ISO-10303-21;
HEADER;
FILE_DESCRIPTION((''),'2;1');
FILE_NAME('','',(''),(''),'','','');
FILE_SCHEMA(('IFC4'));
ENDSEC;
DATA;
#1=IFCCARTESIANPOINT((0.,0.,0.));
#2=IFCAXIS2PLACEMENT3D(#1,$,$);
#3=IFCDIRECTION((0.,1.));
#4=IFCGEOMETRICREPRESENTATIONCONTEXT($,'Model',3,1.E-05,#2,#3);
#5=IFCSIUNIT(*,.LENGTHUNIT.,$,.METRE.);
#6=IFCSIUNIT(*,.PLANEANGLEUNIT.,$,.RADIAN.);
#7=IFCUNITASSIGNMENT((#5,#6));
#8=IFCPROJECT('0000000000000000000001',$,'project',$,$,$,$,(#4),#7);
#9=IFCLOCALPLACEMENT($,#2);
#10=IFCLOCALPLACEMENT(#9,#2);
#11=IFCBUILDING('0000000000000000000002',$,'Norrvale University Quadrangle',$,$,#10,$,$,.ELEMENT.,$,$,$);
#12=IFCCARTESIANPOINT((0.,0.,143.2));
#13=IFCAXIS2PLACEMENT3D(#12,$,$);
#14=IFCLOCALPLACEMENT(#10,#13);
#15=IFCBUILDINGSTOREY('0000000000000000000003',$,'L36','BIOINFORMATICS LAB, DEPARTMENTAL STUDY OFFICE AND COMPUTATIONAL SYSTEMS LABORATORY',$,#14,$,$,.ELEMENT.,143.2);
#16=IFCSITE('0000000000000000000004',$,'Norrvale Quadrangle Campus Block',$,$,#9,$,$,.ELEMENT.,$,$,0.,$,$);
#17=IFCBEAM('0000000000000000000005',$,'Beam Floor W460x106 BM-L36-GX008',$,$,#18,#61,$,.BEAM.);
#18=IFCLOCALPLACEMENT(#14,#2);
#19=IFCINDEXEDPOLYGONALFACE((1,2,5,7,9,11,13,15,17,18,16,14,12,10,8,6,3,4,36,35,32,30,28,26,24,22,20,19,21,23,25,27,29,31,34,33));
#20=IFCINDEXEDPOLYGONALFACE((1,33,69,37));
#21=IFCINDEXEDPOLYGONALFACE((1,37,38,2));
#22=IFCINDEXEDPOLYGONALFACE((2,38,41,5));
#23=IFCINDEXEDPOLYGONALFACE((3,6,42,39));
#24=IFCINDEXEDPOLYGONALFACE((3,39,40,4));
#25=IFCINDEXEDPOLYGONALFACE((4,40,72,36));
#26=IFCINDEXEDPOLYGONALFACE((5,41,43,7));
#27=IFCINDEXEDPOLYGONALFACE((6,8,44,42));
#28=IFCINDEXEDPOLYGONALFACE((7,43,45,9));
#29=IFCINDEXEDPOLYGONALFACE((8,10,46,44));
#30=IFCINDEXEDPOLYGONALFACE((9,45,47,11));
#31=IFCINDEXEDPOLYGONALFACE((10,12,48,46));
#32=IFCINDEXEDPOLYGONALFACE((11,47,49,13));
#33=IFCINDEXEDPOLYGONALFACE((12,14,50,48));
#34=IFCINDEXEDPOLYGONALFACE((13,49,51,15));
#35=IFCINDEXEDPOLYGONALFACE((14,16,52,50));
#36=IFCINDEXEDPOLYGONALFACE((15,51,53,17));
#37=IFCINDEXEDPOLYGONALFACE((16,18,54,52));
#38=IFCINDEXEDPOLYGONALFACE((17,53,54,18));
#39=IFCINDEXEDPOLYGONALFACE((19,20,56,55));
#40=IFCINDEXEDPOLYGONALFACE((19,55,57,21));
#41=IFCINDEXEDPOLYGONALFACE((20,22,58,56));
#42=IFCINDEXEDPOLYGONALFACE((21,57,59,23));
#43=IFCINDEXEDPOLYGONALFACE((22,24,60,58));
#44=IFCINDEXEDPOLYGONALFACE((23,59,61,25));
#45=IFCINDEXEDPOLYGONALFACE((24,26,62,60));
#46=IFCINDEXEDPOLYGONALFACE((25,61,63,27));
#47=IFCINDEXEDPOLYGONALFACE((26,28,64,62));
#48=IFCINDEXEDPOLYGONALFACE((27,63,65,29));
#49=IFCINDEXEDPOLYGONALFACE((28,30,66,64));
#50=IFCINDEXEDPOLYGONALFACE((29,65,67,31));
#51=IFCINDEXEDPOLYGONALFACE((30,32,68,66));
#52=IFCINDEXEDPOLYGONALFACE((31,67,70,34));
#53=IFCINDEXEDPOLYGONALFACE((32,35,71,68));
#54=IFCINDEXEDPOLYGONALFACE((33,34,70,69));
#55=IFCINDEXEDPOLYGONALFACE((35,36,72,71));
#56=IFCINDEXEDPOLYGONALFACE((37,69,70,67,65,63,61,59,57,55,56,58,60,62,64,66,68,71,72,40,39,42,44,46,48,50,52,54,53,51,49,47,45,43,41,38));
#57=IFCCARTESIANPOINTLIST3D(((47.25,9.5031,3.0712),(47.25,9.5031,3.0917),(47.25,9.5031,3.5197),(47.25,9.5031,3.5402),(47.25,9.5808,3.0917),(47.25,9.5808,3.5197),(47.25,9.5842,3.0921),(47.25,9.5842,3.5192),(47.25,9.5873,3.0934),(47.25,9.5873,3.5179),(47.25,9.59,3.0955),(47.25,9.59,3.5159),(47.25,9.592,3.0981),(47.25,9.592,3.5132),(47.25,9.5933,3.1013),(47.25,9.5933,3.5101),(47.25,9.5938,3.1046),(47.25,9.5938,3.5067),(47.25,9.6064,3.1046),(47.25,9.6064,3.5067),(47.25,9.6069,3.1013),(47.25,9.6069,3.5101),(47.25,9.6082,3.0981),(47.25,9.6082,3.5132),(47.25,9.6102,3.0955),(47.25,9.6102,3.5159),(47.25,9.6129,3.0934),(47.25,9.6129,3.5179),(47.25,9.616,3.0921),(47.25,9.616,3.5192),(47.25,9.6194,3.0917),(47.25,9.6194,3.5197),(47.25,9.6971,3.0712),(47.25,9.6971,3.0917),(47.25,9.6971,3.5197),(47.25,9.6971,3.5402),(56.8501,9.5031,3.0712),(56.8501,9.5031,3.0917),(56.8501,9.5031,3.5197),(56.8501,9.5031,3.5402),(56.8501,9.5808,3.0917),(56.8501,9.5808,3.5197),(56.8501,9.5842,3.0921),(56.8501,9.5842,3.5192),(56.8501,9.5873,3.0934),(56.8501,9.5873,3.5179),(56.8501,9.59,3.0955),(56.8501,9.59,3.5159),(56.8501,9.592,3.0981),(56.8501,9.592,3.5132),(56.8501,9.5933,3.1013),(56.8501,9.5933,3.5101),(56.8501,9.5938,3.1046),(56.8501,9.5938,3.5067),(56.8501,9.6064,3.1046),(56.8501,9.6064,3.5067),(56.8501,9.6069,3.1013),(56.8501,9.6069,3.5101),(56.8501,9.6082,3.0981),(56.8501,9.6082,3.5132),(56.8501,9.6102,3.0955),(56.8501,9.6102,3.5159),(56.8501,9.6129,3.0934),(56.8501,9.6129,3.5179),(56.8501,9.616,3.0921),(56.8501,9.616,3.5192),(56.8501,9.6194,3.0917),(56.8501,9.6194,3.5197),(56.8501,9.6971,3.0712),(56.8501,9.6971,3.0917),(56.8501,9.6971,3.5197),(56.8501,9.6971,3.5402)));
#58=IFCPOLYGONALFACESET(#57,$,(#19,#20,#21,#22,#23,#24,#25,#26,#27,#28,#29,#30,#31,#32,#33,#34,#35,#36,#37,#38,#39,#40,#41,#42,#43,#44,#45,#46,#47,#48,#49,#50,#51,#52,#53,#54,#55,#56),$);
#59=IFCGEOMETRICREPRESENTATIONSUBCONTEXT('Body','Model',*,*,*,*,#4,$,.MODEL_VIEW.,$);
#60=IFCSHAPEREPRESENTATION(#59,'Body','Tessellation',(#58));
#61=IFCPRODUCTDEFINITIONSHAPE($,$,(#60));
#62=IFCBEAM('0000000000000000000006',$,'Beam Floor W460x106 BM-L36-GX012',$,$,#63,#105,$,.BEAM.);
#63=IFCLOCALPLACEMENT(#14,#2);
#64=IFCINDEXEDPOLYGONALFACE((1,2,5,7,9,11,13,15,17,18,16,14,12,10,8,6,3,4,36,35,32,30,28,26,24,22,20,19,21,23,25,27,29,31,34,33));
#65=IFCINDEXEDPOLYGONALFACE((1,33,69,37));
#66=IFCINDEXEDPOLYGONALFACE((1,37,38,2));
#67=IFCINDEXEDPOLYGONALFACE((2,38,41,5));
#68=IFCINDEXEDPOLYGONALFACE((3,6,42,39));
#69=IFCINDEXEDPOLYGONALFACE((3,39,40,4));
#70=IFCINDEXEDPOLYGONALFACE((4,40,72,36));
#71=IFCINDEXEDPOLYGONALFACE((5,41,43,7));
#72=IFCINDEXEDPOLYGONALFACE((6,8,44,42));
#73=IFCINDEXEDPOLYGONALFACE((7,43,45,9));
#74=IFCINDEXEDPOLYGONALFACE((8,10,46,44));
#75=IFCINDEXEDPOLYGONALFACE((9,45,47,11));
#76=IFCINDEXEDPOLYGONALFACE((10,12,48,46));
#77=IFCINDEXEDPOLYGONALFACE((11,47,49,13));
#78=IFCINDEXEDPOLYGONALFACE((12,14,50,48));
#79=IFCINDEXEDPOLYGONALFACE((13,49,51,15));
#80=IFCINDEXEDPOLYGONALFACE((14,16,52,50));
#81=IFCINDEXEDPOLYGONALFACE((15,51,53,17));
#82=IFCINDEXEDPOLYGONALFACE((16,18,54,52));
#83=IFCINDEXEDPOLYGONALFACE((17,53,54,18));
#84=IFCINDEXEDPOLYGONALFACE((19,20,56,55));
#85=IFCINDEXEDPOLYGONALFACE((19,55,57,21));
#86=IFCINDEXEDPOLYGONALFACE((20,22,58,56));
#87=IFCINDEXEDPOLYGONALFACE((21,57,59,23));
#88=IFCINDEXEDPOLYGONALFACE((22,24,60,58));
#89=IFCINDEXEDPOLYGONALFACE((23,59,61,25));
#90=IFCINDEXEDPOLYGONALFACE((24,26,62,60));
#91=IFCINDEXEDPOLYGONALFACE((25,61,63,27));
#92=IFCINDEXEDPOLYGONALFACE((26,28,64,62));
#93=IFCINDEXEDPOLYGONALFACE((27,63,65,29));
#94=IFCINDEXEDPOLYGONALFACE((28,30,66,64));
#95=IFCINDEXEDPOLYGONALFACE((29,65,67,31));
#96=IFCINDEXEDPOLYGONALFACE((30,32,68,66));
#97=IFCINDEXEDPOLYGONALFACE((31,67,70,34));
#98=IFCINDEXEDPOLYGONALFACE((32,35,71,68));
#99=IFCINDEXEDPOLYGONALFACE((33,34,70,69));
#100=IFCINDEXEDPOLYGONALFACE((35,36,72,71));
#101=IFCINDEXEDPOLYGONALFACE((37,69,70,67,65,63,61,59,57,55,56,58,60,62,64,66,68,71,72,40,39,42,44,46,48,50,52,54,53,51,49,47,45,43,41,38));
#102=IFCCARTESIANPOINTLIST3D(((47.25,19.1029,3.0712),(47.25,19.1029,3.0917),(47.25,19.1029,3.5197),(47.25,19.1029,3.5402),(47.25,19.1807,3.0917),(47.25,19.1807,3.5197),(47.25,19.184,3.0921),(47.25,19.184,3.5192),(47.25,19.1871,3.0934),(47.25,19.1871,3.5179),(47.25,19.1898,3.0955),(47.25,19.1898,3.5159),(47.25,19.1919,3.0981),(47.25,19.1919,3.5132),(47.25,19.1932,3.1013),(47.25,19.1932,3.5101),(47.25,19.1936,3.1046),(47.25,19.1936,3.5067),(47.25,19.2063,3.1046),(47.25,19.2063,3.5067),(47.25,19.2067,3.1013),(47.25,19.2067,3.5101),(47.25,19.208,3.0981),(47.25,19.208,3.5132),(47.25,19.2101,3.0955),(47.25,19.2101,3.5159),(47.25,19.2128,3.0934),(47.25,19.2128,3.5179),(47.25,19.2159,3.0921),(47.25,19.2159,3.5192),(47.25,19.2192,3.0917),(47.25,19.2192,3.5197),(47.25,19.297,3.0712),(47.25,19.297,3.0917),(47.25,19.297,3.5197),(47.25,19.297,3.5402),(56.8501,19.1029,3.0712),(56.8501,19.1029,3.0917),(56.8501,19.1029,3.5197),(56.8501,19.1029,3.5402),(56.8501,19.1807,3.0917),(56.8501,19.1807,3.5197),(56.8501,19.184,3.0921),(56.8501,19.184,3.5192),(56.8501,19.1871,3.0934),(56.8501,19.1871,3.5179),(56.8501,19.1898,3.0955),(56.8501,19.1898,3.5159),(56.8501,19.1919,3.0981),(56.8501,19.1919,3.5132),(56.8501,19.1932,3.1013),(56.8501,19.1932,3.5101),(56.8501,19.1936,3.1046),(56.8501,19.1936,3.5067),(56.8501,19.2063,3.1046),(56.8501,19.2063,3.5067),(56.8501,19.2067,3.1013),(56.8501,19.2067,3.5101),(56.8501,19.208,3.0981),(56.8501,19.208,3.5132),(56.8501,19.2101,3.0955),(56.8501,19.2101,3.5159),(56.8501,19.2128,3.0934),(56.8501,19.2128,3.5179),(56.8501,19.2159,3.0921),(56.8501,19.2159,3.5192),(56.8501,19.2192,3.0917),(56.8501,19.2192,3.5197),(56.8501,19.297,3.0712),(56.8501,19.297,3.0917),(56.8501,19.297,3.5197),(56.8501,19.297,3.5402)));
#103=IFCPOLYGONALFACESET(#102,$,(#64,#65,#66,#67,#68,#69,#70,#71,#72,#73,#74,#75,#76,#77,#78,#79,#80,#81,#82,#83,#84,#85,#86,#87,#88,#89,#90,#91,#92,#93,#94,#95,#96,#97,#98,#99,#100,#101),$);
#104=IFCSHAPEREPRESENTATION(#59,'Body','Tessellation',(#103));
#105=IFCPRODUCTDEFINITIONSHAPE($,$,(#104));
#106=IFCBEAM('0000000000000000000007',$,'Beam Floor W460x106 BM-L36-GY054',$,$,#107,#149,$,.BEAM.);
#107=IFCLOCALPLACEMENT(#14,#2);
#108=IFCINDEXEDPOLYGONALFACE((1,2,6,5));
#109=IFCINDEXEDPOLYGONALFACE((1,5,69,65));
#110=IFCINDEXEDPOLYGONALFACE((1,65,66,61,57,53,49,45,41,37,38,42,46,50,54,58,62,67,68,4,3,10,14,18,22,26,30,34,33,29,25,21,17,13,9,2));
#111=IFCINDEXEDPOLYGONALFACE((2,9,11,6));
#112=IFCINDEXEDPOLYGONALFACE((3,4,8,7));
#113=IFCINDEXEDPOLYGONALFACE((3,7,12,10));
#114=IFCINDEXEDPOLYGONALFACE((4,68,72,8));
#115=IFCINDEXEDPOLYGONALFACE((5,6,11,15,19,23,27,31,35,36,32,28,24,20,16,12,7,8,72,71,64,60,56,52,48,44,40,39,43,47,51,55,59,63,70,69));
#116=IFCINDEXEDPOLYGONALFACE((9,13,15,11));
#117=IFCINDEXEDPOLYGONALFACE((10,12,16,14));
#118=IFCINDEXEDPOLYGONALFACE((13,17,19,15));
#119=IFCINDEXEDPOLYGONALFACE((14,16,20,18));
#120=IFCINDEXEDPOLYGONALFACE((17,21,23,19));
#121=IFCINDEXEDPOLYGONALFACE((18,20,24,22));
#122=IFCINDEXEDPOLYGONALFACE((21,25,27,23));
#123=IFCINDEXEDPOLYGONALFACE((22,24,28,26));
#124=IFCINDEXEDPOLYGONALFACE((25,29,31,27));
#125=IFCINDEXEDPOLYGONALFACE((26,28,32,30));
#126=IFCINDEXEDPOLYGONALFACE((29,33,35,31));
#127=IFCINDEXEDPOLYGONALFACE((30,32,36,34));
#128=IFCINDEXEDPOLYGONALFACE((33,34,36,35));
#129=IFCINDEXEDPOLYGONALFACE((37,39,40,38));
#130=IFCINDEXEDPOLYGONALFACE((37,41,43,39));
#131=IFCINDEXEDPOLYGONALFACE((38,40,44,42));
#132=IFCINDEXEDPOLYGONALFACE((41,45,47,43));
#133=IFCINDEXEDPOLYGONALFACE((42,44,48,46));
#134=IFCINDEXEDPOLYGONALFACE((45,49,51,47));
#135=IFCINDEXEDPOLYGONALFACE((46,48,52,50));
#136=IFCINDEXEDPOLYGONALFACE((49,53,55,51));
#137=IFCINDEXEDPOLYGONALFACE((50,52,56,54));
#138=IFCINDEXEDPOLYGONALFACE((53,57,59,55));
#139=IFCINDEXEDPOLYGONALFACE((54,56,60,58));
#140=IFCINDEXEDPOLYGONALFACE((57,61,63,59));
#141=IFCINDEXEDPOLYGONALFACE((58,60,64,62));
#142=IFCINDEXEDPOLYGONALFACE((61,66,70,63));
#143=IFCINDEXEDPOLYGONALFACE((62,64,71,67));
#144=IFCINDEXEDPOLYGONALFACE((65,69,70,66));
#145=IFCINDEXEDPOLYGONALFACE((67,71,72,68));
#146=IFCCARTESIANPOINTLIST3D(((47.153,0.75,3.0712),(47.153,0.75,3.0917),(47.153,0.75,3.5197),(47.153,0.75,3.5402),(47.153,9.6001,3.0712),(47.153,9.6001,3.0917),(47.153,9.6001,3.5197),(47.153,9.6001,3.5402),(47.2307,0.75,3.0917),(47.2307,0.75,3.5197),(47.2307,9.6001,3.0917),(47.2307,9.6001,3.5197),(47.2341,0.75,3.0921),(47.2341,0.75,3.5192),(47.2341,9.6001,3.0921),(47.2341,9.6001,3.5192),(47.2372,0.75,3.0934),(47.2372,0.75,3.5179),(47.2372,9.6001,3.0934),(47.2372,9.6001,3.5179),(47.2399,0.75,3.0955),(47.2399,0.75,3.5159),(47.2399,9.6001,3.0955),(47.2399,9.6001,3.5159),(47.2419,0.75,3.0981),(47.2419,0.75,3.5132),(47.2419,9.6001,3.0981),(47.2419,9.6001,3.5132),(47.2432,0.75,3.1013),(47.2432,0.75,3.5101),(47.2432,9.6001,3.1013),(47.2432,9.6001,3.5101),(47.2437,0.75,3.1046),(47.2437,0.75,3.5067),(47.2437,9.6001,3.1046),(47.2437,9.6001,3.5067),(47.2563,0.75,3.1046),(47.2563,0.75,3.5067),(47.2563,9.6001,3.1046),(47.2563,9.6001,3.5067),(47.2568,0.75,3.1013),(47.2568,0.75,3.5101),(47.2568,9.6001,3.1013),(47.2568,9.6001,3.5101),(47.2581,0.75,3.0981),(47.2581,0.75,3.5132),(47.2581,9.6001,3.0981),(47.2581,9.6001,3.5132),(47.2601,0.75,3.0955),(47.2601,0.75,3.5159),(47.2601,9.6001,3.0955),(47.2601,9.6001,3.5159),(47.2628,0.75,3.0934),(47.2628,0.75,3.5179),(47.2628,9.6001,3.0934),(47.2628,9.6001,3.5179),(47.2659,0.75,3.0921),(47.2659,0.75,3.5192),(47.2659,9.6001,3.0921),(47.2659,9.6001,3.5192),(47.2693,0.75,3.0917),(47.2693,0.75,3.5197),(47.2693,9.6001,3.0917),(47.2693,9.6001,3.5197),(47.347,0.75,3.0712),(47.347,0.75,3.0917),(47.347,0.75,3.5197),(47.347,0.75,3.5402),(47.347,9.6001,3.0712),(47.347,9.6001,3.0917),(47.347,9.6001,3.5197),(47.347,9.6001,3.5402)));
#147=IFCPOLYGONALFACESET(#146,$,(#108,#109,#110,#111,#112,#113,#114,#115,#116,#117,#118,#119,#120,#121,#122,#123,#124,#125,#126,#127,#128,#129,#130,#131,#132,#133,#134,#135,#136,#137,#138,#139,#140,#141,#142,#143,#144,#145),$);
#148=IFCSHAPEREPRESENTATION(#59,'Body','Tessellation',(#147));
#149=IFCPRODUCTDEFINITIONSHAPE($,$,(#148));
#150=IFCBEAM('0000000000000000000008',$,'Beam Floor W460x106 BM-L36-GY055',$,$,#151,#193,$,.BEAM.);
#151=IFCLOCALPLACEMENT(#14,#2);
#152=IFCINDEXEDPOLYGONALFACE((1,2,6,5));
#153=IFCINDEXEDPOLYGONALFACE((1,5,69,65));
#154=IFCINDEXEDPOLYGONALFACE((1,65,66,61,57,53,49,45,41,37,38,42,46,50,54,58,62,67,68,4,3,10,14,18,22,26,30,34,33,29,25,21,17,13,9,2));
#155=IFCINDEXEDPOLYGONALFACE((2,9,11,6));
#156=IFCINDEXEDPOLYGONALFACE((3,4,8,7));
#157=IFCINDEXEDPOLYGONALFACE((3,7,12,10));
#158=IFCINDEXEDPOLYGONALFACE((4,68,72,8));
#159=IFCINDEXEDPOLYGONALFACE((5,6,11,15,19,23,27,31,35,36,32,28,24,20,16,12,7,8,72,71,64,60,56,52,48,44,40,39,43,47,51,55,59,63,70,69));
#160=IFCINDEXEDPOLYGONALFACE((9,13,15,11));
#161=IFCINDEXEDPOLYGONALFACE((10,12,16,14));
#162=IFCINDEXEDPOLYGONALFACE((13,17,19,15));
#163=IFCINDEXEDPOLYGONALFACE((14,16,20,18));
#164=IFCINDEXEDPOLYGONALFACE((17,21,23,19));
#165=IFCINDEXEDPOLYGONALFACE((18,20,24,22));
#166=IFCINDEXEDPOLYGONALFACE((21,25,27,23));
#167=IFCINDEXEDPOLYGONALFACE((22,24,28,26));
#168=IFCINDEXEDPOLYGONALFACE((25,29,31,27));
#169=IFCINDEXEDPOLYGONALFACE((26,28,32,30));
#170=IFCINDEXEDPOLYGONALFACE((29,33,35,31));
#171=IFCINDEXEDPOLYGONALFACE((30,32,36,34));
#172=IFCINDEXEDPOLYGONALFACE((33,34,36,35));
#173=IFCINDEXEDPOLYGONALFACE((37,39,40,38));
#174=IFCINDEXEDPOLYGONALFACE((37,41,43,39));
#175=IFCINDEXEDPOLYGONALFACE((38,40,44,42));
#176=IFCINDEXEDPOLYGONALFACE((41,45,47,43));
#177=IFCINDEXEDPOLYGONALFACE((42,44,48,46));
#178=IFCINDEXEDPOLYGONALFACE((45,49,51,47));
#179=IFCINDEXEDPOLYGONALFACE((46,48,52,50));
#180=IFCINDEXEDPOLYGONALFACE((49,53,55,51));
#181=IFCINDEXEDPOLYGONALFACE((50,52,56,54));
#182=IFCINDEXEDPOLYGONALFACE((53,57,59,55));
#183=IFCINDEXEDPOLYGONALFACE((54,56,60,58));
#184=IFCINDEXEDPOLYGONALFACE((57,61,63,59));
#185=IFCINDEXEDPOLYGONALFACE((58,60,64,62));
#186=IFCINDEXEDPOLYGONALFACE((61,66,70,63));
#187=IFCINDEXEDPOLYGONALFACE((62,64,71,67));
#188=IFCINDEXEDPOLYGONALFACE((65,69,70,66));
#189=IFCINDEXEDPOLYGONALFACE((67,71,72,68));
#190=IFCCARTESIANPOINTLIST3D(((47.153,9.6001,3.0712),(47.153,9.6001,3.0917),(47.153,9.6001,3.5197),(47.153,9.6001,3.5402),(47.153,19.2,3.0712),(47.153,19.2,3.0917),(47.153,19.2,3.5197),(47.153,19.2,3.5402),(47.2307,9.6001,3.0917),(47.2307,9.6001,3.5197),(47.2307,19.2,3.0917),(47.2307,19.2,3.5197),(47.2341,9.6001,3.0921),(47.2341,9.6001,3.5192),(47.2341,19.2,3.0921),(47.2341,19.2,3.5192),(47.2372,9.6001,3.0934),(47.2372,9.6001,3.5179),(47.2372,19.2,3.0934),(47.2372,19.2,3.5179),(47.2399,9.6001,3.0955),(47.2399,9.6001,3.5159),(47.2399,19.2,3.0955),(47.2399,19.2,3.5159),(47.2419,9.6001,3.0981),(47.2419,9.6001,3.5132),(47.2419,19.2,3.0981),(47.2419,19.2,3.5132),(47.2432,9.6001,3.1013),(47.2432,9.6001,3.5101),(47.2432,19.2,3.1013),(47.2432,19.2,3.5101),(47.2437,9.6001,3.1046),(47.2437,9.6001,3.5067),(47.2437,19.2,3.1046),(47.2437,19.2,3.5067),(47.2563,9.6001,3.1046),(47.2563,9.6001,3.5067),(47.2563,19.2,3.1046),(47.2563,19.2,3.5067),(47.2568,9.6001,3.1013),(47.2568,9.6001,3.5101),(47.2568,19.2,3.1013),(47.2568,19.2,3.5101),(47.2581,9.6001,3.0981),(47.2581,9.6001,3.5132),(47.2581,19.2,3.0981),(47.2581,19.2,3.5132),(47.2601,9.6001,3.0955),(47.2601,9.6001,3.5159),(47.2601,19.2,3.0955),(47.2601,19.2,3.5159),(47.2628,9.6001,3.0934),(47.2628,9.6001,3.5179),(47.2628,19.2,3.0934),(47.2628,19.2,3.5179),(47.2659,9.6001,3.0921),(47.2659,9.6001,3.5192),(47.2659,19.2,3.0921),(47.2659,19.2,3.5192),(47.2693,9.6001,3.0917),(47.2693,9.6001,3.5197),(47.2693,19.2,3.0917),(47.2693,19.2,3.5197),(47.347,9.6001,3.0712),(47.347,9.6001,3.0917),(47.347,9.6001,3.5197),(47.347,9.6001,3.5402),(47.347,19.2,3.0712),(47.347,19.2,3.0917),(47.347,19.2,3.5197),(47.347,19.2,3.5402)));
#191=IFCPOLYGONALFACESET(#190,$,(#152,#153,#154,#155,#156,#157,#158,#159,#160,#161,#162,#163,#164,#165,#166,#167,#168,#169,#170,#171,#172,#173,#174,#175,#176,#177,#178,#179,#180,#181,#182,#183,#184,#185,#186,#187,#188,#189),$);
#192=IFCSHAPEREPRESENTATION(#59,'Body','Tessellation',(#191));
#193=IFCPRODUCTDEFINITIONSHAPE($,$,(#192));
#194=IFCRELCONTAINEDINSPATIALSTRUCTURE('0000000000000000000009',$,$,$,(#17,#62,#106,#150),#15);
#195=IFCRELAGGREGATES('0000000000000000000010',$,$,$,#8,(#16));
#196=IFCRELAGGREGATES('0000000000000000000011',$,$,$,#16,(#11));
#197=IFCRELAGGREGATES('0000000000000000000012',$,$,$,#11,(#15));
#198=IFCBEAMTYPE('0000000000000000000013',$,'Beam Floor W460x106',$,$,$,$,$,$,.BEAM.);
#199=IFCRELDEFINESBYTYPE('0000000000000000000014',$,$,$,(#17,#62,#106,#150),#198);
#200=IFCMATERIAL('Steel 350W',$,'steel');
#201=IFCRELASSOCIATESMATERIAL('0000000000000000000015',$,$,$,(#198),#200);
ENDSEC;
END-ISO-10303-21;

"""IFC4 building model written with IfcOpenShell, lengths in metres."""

from ifc_helpers import new_model, si_unit, direction, frame, origin, origin_2d, place, context, subcontext, project, spatial, i_section, extrude, material, material_profile, profile_set, type_object, element, save


model = new_model("IFC4")

# Units and contexts
model_context = context("Model", 3, precision=1e-05, world=origin(), true_north=direction((0.0, 1.0)))
body_context = subcontext(model_context, "Body", "Model", "MODEL_VIEW")
ifc_project = project(units=[si_unit("LENGTHUNIT", "METRE"), si_unit("PLANEANGLEUNIT", "RADIAN")], contexts=[model_context])

# Site, building, storey
site_placement = place(None, origin())
site = spatial("IfcSite", under=ifc_project, at=site_placement, Name="Norrvale Quadrangle Campus Block", CompositionType="ELEMENT", RefElevation=0.0)
building_placement = place(site_placement, origin())
building = spatial("IfcBuilding", under=site, at=building_placement, Name="Norrvale University Quadrangle", CompositionType="ELEMENT")
storey_placement = place(building_placement, frame((0.0, 0.0, 143.2)))
storey = spatial("IfcBuildingStorey", under=building, at=storey_placement, Name="L36", Description="BIOINFORMATICS LAB, DEPARTMENTAL STUDY OFFICE AND COMPUTATIONAL SYSTEMS LABORATORY", CompositionType="ELEMENT", Elevation=143.2)

# Beams
ifc_material_1 = material(Name="Steel 350W", Category="steel")
ifc_material_profile_1 = material_profile(ifc_material_1, i_section(OverallWidth=0.1941, OverallDepth=0.469, WebThickness=0.0127, FlangeThickness=0.0205, FilletRadius=0.0129, at=origin_2d()), Name="Steel 350W")
ifc_profile_set_1 = profile_set([ifc_material_profile_1], Name="Steel 350W")
beam_type_1 = type_object("IfcBeamType", Name="Beam Floor W460x106", PredefinedType="BEAM", material=ifc_profile_set_1)
for number, where, z_axis, x_axis, name in (
    (1, (47.25, 9.6001, 3.3057), (1.0, 0.0, 0.0), (0.0, 1.0, 0.0), "Beam Floor W460x106 BM-L36-GX008"),
    (2, (47.25, 19.2, 3.3057), (1.0, 0.0, 0.0), (0.0, 1.0, 0.0), "Beam Floor W460x106 BM-L36-GX012"),
):
    element("IfcBeam", number, at=place(storey_placement, frame(where, z_axis=z_axis, x_axis=x_axis)), inside=storey, type_object=beam_type_1, Name=name, PredefinedType="BEAM", context=body_context, shape_type="SweptSolid", body=[
        extrude(i_section(OverallWidth=0.1941, OverallDepth=0.469, WebThickness=0.0127, FlangeThickness=0.0205, FilletRadius=0.0129, at=origin_2d()), origin(), (0.0, 0.0, 1.0), 9.6001),
    ])
beam_1_placement = place(storey_placement, frame((47.25, 0.75, 3.3057), z_axis=(0.0, 1.0, 0.0), x_axis=(-1.0, 0.0, 0.0)))
element("IfcBeam", 3, at=beam_1_placement, inside=storey, type_object=beam_type_1, Name="Beam Floor W460x106 BM-L36-GY054", PredefinedType="BEAM", context=body_context, shape_type="SweptSolid", body=[
    extrude(i_section(OverallWidth=0.1941, OverallDepth=0.469, WebThickness=0.0127, FlangeThickness=0.0205, FilletRadius=0.0129, at=origin_2d()), origin(), (0.0, 0.0, 1.0), 8.8501),
])
beam_2_placement = place(storey_placement, frame((47.25, 9.6001, 3.3057), z_axis=(0.0, 1.0, 0.0), x_axis=(-1.0, 0.0, 0.0)))
element("IfcBeam", 4, at=beam_2_placement, inside=storey, type_object=beam_type_1, Name="Beam Floor W460x106 BM-L36-GY055", PredefinedType="BEAM", context=body_context, shape_type="SweptSolid", body=[
    extrude(i_section(OverallWidth=0.1941, OverallDepth=0.469, WebThickness=0.0127, FlangeThickness=0.0205, FilletRadius=0.0129, at=origin_2d()), origin(), (0.0, 0.0, 1.0), 9.5999),
])

save(model, "model.ifc")
